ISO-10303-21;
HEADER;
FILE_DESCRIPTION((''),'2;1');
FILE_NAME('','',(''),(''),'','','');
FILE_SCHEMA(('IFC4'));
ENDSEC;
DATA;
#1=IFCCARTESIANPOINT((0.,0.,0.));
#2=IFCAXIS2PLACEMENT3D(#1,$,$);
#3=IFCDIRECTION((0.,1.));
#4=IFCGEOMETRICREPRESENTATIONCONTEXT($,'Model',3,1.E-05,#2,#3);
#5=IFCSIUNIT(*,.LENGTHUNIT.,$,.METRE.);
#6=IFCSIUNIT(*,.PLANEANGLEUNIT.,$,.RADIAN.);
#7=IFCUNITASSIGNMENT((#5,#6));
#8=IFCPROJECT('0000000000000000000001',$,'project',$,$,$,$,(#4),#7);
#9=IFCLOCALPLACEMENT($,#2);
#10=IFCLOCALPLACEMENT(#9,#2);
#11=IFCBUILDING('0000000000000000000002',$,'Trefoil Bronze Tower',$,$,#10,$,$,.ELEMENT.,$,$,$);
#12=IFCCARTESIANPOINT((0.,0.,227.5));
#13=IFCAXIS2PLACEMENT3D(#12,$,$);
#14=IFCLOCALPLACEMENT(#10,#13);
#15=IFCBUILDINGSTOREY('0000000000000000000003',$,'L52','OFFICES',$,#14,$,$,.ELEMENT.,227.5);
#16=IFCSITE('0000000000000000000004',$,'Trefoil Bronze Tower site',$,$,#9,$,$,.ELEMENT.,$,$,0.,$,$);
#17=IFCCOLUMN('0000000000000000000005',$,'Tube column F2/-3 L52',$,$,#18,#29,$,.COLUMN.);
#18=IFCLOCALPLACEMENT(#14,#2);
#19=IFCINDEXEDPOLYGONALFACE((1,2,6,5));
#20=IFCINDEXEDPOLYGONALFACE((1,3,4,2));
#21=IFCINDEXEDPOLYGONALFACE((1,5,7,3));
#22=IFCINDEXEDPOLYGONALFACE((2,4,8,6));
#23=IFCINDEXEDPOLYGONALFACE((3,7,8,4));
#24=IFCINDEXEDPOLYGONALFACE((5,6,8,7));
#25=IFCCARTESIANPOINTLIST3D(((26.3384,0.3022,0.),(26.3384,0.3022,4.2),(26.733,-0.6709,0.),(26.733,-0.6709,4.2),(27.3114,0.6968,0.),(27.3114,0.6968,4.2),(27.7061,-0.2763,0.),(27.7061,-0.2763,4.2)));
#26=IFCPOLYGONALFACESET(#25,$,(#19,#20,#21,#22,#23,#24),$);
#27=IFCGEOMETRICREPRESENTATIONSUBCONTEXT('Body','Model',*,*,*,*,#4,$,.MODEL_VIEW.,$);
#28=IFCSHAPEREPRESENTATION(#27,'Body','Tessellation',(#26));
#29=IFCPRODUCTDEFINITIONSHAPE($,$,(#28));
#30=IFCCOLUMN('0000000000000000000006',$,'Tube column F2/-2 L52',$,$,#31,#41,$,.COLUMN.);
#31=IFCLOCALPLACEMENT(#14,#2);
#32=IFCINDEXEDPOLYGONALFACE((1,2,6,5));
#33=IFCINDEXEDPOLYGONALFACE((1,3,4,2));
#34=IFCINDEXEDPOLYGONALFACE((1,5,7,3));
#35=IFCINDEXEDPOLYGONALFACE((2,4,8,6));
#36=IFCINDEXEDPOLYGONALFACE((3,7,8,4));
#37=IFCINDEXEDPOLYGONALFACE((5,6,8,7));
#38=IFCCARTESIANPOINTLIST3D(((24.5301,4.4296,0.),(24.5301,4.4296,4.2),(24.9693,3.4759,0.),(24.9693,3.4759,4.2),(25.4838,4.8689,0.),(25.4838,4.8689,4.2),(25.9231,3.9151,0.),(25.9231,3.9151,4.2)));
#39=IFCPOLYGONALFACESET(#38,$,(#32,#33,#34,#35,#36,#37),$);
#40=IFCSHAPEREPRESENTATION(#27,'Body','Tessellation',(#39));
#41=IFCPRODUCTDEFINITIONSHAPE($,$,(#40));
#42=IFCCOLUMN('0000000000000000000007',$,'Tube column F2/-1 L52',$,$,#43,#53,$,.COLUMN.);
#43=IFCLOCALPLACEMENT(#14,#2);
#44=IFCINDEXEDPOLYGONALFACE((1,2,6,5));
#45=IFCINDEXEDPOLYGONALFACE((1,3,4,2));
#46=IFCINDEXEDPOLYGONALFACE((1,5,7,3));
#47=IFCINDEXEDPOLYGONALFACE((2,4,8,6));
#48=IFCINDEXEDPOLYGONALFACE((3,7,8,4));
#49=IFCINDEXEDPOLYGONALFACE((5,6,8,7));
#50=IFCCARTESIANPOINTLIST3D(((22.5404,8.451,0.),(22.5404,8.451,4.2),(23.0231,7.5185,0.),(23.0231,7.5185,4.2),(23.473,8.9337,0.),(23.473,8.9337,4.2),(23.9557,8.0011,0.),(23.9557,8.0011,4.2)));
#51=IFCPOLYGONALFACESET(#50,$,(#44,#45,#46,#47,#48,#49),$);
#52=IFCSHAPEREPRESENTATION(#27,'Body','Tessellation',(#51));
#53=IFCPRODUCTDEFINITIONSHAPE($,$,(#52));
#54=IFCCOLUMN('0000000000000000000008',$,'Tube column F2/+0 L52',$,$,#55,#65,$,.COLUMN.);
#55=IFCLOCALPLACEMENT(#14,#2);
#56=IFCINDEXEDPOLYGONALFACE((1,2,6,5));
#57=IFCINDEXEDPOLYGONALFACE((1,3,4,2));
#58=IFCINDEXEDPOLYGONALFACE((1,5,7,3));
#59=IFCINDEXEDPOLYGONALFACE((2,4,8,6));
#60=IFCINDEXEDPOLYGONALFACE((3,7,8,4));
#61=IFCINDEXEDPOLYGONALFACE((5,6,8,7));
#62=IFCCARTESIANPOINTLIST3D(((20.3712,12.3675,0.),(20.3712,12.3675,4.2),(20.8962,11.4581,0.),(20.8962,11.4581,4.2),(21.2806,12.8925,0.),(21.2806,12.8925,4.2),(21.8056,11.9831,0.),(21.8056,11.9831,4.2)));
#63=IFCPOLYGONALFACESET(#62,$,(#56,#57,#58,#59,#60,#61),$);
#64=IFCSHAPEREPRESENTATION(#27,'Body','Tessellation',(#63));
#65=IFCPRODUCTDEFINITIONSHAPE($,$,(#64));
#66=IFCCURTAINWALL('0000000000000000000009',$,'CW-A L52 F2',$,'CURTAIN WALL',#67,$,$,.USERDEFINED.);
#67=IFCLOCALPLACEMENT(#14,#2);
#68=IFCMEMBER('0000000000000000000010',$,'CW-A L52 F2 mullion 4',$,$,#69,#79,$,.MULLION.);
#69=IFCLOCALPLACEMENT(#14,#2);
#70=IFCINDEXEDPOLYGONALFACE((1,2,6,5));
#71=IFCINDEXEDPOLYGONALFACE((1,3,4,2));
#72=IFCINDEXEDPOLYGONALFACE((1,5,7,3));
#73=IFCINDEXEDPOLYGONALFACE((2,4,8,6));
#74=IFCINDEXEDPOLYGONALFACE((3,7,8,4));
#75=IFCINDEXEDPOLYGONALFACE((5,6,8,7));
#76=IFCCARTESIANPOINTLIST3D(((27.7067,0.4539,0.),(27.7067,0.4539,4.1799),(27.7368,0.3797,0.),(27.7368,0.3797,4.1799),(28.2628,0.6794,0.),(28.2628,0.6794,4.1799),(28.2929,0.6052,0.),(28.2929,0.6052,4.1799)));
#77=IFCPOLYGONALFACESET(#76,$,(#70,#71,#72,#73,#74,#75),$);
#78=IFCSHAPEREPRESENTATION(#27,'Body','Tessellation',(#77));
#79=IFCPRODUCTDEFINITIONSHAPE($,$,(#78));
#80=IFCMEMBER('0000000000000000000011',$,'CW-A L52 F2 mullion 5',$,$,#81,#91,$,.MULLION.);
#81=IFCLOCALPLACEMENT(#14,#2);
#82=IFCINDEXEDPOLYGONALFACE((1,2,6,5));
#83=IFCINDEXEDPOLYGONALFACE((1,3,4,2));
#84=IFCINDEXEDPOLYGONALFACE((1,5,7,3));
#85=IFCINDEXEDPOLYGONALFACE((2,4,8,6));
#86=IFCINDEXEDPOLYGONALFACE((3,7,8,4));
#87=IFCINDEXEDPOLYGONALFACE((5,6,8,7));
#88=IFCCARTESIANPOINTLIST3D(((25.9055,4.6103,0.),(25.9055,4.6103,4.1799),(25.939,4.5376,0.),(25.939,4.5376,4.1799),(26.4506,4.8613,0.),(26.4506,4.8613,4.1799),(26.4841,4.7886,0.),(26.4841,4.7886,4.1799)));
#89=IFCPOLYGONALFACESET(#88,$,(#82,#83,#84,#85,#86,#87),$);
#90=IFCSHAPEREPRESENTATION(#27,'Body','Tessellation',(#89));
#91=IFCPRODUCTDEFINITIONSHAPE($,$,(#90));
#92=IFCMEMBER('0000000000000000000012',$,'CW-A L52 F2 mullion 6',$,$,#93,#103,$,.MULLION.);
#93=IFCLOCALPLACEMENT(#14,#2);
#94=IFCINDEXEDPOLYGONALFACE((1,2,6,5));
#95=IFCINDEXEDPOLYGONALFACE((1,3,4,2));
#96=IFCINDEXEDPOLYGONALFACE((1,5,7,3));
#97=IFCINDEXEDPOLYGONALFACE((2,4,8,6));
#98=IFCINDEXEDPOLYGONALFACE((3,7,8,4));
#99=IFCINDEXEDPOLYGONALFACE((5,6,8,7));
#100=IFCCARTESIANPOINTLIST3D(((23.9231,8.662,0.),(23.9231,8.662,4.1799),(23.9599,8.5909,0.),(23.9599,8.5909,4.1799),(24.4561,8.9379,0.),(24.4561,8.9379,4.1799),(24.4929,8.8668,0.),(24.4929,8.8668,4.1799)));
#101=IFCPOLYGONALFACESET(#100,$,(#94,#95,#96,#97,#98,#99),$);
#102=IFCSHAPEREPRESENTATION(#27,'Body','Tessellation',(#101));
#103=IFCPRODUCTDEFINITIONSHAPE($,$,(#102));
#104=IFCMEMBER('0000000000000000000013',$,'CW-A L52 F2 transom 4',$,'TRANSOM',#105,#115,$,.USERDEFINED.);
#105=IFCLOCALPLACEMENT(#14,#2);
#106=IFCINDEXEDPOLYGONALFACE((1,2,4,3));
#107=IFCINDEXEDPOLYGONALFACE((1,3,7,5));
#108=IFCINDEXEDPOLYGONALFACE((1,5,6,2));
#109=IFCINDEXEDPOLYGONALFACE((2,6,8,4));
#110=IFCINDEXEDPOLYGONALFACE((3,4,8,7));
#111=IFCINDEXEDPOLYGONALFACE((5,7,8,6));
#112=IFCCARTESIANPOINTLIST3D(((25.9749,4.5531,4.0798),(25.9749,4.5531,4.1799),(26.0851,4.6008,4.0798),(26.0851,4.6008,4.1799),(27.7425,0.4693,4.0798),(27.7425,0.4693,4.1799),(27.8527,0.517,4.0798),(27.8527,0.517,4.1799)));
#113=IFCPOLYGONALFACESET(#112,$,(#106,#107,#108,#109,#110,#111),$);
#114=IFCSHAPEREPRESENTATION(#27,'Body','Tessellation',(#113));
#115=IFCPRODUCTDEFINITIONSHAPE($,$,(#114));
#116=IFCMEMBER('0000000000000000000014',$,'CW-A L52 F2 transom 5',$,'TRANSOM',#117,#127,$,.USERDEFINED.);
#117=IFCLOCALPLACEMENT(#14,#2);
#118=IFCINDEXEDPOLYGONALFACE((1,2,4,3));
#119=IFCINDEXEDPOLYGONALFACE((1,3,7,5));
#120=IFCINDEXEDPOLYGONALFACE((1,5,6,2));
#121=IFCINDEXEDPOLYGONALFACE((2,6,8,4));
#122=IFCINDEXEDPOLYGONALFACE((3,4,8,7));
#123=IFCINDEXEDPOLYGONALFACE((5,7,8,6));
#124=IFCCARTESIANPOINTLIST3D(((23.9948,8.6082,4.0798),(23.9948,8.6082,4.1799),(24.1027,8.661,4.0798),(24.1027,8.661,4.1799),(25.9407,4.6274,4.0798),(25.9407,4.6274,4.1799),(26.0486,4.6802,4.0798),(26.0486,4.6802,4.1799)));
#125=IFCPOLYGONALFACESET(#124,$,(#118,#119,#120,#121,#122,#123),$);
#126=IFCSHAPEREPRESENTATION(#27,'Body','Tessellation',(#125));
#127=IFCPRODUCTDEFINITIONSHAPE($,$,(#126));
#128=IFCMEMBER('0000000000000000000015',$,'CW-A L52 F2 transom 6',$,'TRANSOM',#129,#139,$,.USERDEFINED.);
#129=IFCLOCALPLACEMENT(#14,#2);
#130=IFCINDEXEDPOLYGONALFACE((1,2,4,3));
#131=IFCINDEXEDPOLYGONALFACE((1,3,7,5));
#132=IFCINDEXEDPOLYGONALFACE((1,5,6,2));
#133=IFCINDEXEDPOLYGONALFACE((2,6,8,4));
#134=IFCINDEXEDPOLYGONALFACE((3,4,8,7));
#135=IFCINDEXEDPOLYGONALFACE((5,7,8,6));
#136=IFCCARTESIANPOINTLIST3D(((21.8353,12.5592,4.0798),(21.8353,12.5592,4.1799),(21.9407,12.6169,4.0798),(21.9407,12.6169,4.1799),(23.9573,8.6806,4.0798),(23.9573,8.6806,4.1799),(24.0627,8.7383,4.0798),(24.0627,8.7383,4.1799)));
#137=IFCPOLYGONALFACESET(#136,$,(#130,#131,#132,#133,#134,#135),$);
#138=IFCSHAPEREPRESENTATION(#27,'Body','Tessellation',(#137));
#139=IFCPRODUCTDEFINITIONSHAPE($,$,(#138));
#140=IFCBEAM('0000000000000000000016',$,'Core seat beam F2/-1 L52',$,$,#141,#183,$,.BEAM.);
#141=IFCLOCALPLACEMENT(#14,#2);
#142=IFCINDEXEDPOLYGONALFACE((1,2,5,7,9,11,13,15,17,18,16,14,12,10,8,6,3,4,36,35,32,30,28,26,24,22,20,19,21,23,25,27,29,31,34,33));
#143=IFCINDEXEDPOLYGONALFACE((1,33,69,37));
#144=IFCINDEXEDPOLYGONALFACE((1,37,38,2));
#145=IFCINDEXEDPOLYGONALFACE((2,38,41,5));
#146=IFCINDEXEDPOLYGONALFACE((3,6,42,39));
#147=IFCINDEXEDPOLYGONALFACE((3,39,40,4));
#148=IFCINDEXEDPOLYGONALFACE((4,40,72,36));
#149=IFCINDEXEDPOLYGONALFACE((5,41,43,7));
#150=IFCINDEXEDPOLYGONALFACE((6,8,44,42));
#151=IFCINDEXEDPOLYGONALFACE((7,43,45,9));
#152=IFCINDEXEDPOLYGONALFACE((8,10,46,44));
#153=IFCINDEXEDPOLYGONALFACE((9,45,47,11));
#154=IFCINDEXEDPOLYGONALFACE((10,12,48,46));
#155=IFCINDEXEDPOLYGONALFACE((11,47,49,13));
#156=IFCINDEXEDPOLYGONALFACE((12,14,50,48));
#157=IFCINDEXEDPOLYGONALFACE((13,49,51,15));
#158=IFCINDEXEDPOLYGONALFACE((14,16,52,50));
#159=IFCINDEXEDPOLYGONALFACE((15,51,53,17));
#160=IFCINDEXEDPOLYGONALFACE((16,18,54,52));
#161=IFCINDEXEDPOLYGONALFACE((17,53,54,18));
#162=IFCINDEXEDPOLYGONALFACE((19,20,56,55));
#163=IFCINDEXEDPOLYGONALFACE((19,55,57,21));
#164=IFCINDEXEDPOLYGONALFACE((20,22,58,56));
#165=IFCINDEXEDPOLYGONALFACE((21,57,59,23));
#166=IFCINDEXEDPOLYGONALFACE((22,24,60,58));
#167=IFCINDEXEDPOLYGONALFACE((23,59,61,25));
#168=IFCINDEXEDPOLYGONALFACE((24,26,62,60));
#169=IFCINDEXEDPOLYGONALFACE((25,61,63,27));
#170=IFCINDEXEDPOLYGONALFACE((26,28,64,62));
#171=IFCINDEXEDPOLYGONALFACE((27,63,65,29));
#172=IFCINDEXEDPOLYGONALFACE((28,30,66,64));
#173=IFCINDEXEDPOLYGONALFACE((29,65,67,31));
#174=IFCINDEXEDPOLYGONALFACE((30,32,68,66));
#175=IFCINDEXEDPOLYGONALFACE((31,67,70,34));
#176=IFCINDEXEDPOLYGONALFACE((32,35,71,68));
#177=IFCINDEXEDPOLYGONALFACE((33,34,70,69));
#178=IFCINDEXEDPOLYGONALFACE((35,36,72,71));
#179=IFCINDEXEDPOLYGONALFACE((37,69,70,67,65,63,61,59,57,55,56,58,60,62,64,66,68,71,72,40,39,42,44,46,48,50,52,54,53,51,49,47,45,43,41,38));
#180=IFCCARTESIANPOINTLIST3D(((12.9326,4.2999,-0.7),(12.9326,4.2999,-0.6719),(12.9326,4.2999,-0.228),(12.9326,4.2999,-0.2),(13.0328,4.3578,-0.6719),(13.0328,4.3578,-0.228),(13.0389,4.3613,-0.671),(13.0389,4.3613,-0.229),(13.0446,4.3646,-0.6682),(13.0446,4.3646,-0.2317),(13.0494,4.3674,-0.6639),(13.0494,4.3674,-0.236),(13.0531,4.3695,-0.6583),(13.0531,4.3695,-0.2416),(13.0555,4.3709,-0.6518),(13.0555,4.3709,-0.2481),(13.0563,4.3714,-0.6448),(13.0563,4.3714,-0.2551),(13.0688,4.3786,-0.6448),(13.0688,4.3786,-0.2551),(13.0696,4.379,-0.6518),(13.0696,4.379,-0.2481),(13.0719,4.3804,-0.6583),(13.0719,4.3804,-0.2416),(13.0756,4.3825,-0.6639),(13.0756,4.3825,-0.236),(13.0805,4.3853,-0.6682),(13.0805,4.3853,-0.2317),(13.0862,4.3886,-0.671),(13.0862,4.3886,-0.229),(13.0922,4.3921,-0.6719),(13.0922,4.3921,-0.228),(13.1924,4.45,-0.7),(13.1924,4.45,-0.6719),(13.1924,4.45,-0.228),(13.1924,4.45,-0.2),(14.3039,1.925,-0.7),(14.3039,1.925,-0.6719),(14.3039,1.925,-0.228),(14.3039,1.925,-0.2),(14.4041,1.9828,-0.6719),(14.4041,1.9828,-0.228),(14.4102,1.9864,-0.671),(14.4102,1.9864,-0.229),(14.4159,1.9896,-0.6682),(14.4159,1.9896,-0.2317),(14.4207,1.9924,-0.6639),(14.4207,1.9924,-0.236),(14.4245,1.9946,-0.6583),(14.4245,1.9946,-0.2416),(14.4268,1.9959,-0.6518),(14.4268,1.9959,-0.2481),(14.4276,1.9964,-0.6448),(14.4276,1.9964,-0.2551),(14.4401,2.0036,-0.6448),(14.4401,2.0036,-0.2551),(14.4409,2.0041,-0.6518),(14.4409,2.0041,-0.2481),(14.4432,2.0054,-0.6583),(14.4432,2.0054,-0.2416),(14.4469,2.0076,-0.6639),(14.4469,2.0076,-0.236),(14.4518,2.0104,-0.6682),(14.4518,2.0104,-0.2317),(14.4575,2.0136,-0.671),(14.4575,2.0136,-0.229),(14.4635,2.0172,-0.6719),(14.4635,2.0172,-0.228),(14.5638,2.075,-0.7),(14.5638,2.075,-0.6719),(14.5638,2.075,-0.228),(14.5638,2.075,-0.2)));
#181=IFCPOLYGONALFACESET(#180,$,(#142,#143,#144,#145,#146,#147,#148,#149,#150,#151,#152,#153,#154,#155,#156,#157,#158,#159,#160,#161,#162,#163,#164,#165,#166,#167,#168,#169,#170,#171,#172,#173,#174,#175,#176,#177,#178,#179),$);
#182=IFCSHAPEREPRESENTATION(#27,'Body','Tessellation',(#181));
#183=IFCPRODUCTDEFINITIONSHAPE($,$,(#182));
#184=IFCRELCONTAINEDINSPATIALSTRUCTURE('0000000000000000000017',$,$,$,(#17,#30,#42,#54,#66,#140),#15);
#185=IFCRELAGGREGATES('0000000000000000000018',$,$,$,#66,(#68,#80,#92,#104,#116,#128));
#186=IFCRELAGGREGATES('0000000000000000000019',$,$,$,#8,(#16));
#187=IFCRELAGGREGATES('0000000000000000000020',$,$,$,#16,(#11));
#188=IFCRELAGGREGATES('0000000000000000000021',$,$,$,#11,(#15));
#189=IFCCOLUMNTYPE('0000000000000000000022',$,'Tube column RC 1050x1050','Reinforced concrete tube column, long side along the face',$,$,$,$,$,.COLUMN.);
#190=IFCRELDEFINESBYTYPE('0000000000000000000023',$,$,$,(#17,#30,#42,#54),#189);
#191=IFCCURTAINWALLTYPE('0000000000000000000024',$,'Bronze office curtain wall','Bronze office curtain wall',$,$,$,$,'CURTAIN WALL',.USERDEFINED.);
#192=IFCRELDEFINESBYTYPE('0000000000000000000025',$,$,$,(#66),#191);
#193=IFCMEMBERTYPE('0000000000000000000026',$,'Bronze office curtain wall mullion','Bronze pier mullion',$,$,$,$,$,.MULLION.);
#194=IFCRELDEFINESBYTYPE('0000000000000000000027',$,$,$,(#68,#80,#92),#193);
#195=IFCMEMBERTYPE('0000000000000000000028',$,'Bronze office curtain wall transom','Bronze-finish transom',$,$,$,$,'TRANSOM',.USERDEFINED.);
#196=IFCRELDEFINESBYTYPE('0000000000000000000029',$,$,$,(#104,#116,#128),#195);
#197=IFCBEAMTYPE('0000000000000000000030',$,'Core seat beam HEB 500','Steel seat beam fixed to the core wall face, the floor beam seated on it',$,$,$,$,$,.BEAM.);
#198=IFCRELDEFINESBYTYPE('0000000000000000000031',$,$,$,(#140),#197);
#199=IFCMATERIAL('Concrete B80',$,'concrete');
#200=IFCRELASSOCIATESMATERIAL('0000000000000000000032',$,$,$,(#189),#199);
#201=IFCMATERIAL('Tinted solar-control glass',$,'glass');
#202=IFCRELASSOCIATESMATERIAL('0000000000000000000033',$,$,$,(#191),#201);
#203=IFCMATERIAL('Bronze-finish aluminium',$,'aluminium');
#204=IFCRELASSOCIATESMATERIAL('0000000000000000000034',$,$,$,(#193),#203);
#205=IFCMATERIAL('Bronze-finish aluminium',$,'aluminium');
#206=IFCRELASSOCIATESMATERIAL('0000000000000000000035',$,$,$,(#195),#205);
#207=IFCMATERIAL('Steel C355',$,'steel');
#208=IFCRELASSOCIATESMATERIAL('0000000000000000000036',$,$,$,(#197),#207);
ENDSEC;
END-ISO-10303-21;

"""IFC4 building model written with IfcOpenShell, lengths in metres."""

from ifc_helpers import new_model, si_unit, direction, frame, origin, origin_2d, place, context, subcontext, project, spatial, rectangle, i_section, extrude, material, material_profile, profile_set, type_object, element, aggregate, save


model = new_model("IFC4")

# Units and contexts
model_context = context("Model", 3, precision=1e-05, world=origin(), true_north=direction((0.0, 1.0)))
body_context = subcontext(model_context, "Body", "Model", "MODEL_VIEW")
ifc_project = project(units=[si_unit("LENGTHUNIT", "METRE"), si_unit("PLANEANGLEUNIT", "RADIAN")], contexts=[model_context])

# Site, building, storey
site_placement = place(None, origin())
site = spatial("IfcSite", under=ifc_project, at=site_placement, Name="Trefoil Bronze Tower site", CompositionType="ELEMENT", RefElevation=0.0)
building_placement = place(site_placement, origin())
building = spatial("IfcBuilding", under=site, at=building_placement, Name="Trefoil Bronze Tower", CompositionType="ELEMENT")
storey_placement = place(building_placement, frame((0.0, 0.0, 227.5)))
storey = spatial("IfcBuildingStorey", under=building, at=storey_placement, Name="L52", Description="OFFICES", CompositionType="ELEMENT", Elevation=227.5)

# Columns
ifc_material_1 = material(Name="Concrete B80", Category="concrete")
ifc_material_profile_1 = material_profile(ifc_material_1, rectangle(XDim=1.05, YDim=1.05, at=origin_2d()), Name="RC 1050x1050")
ifc_profile_set_1 = profile_set([ifc_material_profile_1], Name="Concrete B80")
column_type = type_object("IfcColumnType", Name="Tube column RC 1050x1050", Description="Reinforced concrete tube column, long side along the face", PredefinedType="COLUMN", material=ifc_profile_set_1)
for number, where, z_axis, x_axis, name in (
    (1, (27.0222, 0.0129, 0.0), (0.0, 0.0, 1.0), (-0.375828, 0.926689, 0.0), "Tube column F2/-3 L52"),
    (2, (25.2266, 4.1724, 0.0), (0.0, 0.0, 1.0), (-0.418286, 0.908315, 0.0), "Tube column F2/-2 L52"),
    (3, (23.248, 8.2261, 0.0), (0.0, 0.0, 1.0), (-0.459673, 0.888088, 0.0), "Tube column F2/-1 L52"),
    (4, (21.0884, 12.1753, 0.0), (0.0, 0.0, 1.0), (-0.5, 0.866025, 0.0), "Tube column F2/+0 L52"),
):
    element("IfcColumn", number, at=place(storey_placement, frame(where, z_axis=z_axis, x_axis=x_axis)), inside=storey, type_object=column_type, Name=name, PredefinedType="COLUMN", context=body_context, shape_type="SweptSolid", body=[
        extrude(rectangle(XDim=1.05, YDim=1.05, at=origin_2d()), origin(), (0.0, 0.0, 1.0), 4.2),
    ])

# Curtain wall, members
ifc_material_2 = material(Name="Tinted solar-control glass", Category="glass")
curtain_wall_type = type_object("IfcCurtainWallType", Name="Bronze office curtain wall", Description="Bronze office curtain wall", ElementType="CURTAIN WALL", PredefinedType="USERDEFINED", material=ifc_material_2)
curtain_wall_placement = place(storey_placement, origin())
curtain_wall = element("IfcCurtainWall", 5, at=curtain_wall_placement, inside=storey, type_object=curtain_wall_type, Name="CW-A L52 F2", ObjectType="CURTAIN WALL", PredefinedType="USERDEFINED")
ifc_material_3 = material(Name="Bronze-finish aluminium", Category="aluminium")
ifc_material_profile_2 = material_profile(ifc_material_3, rectangle(XDim=0.6001, YDim=0.0801, at=origin_2d()), Name="CW-A mullion")
ifc_profile_set_2 = profile_set([ifc_material_profile_2], Name="Bronze-finish aluminium")
member_type_1 = type_object("IfcMemberType", Name="Bronze office curtain wall mullion", Description="Bronze pier mullion", PredefinedType="MULLION", material=ifc_profile_set_2)
member_1_placement = place(storey_placement, frame((27.9998, 0.5295, 0.0), z_axis=(0.0, 0.0, 1.0), x_axis=(-0.926689, -0.375828, 0.0)))
member_1 = element("IfcMember", 6, at=member_1_placement, type_object=member_type_1, Name="CW-A L52 F2 mullion 4", PredefinedType="MULLION", context=body_context, shape_type="SweptSolid", body=[
    extrude(rectangle(XDim=0.6001, YDim=0.0801, at=origin_2d()), origin(), (0.0, 0.0, 1.0), 4.1799),
])
member_2_placement = place(storey_placement, frame((26.1948, 4.6995, 0.0), z_axis=(0.0, 0.0, 1.0), x_axis=(-0.908315, -0.418286, 0.0)))
member_2 = element("IfcMember", 7, at=member_2_placement, type_object=member_type_1, Name="CW-A L52 F2 mullion 5", PredefinedType="MULLION", context=body_context, shape_type="SweptSolid", body=[
    extrude(rectangle(XDim=0.6001, YDim=0.0801, at=origin_2d()), origin(), (0.0, 0.0, 1.0), 4.1799),
])
member_3_placement = place(storey_placement, frame((24.208, 8.7644, 0.0), z_axis=(0.0, 0.0, 1.0), x_axis=(-0.888088, -0.459673, 0.0)))
member_3 = element("IfcMember", 8, at=member_3_placement, type_object=member_type_1, Name="CW-A L52 F2 mullion 6", PredefinedType="MULLION", context=body_context, shape_type="SweptSolid", body=[
    extrude(rectangle(XDim=0.6001, YDim=0.0801, at=origin_2d()), origin(), (0.0, 0.0, 1.0), 4.1799),
])
ifc_material_4 = material(Name="Bronze-finish aluminium", Category="aluminium")
ifc_material_profile_3 = material_profile(ifc_material_4, rectangle(XDim=0.1201, YDim=0.1001, at=origin_2d()), Name="CW-A transom")
ifc_profile_set_3 = profile_set([ifc_material_profile_3], Name="Bronze-finish aluminium")
member_type_2 = type_object("IfcMemberType", Name="Bronze office curtain wall transom", Description="Bronze-finish transom", ElementType="TRANSOM", PredefinedType="USERDEFINED", material=ifc_profile_set_3)
member_4_placement = place(storey_placement, frame((27.7976, 0.4932, 4.1299), z_axis=(-0.397221, 0.917723, 0.0), x_axis=(-0.917723, -0.397221, 0.0)))
member_4 = element("IfcMember", 9, at=member_4_placement, type_object=member_type_2, Name="CW-A L52 F2 transom 4", ObjectType="TRANSOM", PredefinedType="USERDEFINED", context=body_context, shape_type="SweptSolid", body=[
    extrude(rectangle(XDim=0.1201, YDim=0.1001, at=origin_2d()), origin(), (0.0, 0.0, 1.0), 4.45),
])
member_5_placement = place(storey_placement, frame((25.9946, 4.6538, 4.1299), z_axis=(-0.439151, 0.898413, 0.0), x_axis=(-0.898413, -0.439151, 0.0)))
member_5 = element("IfcMember", 10, at=member_5_placement, type_object=member_type_2, Name="CW-A L52 F2 transom 5", ObjectType="TRANSOM", PredefinedType="USERDEFINED", context=body_context, shape_type="SweptSolid", body=[
    extrude(rectangle(XDim=0.1201, YDim=0.1001, at=origin_2d()), origin(), (0.0, 0.0, 1.0), 4.4309),
])
member_6_placement = place(storey_placement, frame((24.01, 8.7095, 4.1299), z_axis=(-0.479974, 0.877283, 0.0), x_axis=(-0.877283, -0.479974, 0.0)))
member_6 = element("IfcMember", 11, at=member_6_placement, type_object=member_type_2, Name="CW-A L52 F2 transom 6", ObjectType="TRANSOM", PredefinedType="USERDEFINED", context=body_context, shape_type="SweptSolid", body=[
    extrude(rectangle(XDim=0.1201, YDim=0.1001, at=origin_2d()), origin(), (0.0, 0.0, 1.0), 4.4211),
])

# Beam
ifc_material_5 = material(Name="Steel C355", Category="steel")
ifc_material_profile_4 = material_profile(ifc_material_5, i_section(OverallWidth=0.3, OverallDepth=0.5, WebThickness=0.0144, FlangeThickness=0.0281, FilletRadius=0.0271, at=origin_2d()), Name="HEB 500")
ifc_profile_set_4 = profile_set([ifc_material_profile_4], Name="Steel C355")
beam_type_1 = type_object("IfcBeamType", Name="Core seat beam HEB 500", Description="Steel seat beam fixed to the core wall face, the floor beam seated on it", PredefinedType="BEAM", material=ifc_profile_set_4)
for number, where, z_axis, x_axis, name in (
    (12, (14.4338, 2.0, -0.45), (-0.500036, 0.866005, 0.0), (-0.866005, -0.500036, 0.0), "Core seat beam F2/-1 L52"),
):
    element("IfcBeam", number, at=place(storey_placement, frame(where, z_axis=z_axis, x_axis=x_axis)), inside=storey, type_object=beam_type_1, Name=name, PredefinedType="BEAM", context=body_context, shape_type="SweptSolid", body=[
        extrude(i_section(OverallWidth=0.3, OverallDepth=0.5, WebThickness=0.0144, FlangeThickness=0.0281, FilletRadius=0.0271, at=origin_2d()), origin(), (0.0, 0.0, 1.0), 2.7424),
    ])

aggregate(curtain_wall, [member_1, member_2, member_3, member_4, member_5, member_6])

save(model, "model.ifc")
